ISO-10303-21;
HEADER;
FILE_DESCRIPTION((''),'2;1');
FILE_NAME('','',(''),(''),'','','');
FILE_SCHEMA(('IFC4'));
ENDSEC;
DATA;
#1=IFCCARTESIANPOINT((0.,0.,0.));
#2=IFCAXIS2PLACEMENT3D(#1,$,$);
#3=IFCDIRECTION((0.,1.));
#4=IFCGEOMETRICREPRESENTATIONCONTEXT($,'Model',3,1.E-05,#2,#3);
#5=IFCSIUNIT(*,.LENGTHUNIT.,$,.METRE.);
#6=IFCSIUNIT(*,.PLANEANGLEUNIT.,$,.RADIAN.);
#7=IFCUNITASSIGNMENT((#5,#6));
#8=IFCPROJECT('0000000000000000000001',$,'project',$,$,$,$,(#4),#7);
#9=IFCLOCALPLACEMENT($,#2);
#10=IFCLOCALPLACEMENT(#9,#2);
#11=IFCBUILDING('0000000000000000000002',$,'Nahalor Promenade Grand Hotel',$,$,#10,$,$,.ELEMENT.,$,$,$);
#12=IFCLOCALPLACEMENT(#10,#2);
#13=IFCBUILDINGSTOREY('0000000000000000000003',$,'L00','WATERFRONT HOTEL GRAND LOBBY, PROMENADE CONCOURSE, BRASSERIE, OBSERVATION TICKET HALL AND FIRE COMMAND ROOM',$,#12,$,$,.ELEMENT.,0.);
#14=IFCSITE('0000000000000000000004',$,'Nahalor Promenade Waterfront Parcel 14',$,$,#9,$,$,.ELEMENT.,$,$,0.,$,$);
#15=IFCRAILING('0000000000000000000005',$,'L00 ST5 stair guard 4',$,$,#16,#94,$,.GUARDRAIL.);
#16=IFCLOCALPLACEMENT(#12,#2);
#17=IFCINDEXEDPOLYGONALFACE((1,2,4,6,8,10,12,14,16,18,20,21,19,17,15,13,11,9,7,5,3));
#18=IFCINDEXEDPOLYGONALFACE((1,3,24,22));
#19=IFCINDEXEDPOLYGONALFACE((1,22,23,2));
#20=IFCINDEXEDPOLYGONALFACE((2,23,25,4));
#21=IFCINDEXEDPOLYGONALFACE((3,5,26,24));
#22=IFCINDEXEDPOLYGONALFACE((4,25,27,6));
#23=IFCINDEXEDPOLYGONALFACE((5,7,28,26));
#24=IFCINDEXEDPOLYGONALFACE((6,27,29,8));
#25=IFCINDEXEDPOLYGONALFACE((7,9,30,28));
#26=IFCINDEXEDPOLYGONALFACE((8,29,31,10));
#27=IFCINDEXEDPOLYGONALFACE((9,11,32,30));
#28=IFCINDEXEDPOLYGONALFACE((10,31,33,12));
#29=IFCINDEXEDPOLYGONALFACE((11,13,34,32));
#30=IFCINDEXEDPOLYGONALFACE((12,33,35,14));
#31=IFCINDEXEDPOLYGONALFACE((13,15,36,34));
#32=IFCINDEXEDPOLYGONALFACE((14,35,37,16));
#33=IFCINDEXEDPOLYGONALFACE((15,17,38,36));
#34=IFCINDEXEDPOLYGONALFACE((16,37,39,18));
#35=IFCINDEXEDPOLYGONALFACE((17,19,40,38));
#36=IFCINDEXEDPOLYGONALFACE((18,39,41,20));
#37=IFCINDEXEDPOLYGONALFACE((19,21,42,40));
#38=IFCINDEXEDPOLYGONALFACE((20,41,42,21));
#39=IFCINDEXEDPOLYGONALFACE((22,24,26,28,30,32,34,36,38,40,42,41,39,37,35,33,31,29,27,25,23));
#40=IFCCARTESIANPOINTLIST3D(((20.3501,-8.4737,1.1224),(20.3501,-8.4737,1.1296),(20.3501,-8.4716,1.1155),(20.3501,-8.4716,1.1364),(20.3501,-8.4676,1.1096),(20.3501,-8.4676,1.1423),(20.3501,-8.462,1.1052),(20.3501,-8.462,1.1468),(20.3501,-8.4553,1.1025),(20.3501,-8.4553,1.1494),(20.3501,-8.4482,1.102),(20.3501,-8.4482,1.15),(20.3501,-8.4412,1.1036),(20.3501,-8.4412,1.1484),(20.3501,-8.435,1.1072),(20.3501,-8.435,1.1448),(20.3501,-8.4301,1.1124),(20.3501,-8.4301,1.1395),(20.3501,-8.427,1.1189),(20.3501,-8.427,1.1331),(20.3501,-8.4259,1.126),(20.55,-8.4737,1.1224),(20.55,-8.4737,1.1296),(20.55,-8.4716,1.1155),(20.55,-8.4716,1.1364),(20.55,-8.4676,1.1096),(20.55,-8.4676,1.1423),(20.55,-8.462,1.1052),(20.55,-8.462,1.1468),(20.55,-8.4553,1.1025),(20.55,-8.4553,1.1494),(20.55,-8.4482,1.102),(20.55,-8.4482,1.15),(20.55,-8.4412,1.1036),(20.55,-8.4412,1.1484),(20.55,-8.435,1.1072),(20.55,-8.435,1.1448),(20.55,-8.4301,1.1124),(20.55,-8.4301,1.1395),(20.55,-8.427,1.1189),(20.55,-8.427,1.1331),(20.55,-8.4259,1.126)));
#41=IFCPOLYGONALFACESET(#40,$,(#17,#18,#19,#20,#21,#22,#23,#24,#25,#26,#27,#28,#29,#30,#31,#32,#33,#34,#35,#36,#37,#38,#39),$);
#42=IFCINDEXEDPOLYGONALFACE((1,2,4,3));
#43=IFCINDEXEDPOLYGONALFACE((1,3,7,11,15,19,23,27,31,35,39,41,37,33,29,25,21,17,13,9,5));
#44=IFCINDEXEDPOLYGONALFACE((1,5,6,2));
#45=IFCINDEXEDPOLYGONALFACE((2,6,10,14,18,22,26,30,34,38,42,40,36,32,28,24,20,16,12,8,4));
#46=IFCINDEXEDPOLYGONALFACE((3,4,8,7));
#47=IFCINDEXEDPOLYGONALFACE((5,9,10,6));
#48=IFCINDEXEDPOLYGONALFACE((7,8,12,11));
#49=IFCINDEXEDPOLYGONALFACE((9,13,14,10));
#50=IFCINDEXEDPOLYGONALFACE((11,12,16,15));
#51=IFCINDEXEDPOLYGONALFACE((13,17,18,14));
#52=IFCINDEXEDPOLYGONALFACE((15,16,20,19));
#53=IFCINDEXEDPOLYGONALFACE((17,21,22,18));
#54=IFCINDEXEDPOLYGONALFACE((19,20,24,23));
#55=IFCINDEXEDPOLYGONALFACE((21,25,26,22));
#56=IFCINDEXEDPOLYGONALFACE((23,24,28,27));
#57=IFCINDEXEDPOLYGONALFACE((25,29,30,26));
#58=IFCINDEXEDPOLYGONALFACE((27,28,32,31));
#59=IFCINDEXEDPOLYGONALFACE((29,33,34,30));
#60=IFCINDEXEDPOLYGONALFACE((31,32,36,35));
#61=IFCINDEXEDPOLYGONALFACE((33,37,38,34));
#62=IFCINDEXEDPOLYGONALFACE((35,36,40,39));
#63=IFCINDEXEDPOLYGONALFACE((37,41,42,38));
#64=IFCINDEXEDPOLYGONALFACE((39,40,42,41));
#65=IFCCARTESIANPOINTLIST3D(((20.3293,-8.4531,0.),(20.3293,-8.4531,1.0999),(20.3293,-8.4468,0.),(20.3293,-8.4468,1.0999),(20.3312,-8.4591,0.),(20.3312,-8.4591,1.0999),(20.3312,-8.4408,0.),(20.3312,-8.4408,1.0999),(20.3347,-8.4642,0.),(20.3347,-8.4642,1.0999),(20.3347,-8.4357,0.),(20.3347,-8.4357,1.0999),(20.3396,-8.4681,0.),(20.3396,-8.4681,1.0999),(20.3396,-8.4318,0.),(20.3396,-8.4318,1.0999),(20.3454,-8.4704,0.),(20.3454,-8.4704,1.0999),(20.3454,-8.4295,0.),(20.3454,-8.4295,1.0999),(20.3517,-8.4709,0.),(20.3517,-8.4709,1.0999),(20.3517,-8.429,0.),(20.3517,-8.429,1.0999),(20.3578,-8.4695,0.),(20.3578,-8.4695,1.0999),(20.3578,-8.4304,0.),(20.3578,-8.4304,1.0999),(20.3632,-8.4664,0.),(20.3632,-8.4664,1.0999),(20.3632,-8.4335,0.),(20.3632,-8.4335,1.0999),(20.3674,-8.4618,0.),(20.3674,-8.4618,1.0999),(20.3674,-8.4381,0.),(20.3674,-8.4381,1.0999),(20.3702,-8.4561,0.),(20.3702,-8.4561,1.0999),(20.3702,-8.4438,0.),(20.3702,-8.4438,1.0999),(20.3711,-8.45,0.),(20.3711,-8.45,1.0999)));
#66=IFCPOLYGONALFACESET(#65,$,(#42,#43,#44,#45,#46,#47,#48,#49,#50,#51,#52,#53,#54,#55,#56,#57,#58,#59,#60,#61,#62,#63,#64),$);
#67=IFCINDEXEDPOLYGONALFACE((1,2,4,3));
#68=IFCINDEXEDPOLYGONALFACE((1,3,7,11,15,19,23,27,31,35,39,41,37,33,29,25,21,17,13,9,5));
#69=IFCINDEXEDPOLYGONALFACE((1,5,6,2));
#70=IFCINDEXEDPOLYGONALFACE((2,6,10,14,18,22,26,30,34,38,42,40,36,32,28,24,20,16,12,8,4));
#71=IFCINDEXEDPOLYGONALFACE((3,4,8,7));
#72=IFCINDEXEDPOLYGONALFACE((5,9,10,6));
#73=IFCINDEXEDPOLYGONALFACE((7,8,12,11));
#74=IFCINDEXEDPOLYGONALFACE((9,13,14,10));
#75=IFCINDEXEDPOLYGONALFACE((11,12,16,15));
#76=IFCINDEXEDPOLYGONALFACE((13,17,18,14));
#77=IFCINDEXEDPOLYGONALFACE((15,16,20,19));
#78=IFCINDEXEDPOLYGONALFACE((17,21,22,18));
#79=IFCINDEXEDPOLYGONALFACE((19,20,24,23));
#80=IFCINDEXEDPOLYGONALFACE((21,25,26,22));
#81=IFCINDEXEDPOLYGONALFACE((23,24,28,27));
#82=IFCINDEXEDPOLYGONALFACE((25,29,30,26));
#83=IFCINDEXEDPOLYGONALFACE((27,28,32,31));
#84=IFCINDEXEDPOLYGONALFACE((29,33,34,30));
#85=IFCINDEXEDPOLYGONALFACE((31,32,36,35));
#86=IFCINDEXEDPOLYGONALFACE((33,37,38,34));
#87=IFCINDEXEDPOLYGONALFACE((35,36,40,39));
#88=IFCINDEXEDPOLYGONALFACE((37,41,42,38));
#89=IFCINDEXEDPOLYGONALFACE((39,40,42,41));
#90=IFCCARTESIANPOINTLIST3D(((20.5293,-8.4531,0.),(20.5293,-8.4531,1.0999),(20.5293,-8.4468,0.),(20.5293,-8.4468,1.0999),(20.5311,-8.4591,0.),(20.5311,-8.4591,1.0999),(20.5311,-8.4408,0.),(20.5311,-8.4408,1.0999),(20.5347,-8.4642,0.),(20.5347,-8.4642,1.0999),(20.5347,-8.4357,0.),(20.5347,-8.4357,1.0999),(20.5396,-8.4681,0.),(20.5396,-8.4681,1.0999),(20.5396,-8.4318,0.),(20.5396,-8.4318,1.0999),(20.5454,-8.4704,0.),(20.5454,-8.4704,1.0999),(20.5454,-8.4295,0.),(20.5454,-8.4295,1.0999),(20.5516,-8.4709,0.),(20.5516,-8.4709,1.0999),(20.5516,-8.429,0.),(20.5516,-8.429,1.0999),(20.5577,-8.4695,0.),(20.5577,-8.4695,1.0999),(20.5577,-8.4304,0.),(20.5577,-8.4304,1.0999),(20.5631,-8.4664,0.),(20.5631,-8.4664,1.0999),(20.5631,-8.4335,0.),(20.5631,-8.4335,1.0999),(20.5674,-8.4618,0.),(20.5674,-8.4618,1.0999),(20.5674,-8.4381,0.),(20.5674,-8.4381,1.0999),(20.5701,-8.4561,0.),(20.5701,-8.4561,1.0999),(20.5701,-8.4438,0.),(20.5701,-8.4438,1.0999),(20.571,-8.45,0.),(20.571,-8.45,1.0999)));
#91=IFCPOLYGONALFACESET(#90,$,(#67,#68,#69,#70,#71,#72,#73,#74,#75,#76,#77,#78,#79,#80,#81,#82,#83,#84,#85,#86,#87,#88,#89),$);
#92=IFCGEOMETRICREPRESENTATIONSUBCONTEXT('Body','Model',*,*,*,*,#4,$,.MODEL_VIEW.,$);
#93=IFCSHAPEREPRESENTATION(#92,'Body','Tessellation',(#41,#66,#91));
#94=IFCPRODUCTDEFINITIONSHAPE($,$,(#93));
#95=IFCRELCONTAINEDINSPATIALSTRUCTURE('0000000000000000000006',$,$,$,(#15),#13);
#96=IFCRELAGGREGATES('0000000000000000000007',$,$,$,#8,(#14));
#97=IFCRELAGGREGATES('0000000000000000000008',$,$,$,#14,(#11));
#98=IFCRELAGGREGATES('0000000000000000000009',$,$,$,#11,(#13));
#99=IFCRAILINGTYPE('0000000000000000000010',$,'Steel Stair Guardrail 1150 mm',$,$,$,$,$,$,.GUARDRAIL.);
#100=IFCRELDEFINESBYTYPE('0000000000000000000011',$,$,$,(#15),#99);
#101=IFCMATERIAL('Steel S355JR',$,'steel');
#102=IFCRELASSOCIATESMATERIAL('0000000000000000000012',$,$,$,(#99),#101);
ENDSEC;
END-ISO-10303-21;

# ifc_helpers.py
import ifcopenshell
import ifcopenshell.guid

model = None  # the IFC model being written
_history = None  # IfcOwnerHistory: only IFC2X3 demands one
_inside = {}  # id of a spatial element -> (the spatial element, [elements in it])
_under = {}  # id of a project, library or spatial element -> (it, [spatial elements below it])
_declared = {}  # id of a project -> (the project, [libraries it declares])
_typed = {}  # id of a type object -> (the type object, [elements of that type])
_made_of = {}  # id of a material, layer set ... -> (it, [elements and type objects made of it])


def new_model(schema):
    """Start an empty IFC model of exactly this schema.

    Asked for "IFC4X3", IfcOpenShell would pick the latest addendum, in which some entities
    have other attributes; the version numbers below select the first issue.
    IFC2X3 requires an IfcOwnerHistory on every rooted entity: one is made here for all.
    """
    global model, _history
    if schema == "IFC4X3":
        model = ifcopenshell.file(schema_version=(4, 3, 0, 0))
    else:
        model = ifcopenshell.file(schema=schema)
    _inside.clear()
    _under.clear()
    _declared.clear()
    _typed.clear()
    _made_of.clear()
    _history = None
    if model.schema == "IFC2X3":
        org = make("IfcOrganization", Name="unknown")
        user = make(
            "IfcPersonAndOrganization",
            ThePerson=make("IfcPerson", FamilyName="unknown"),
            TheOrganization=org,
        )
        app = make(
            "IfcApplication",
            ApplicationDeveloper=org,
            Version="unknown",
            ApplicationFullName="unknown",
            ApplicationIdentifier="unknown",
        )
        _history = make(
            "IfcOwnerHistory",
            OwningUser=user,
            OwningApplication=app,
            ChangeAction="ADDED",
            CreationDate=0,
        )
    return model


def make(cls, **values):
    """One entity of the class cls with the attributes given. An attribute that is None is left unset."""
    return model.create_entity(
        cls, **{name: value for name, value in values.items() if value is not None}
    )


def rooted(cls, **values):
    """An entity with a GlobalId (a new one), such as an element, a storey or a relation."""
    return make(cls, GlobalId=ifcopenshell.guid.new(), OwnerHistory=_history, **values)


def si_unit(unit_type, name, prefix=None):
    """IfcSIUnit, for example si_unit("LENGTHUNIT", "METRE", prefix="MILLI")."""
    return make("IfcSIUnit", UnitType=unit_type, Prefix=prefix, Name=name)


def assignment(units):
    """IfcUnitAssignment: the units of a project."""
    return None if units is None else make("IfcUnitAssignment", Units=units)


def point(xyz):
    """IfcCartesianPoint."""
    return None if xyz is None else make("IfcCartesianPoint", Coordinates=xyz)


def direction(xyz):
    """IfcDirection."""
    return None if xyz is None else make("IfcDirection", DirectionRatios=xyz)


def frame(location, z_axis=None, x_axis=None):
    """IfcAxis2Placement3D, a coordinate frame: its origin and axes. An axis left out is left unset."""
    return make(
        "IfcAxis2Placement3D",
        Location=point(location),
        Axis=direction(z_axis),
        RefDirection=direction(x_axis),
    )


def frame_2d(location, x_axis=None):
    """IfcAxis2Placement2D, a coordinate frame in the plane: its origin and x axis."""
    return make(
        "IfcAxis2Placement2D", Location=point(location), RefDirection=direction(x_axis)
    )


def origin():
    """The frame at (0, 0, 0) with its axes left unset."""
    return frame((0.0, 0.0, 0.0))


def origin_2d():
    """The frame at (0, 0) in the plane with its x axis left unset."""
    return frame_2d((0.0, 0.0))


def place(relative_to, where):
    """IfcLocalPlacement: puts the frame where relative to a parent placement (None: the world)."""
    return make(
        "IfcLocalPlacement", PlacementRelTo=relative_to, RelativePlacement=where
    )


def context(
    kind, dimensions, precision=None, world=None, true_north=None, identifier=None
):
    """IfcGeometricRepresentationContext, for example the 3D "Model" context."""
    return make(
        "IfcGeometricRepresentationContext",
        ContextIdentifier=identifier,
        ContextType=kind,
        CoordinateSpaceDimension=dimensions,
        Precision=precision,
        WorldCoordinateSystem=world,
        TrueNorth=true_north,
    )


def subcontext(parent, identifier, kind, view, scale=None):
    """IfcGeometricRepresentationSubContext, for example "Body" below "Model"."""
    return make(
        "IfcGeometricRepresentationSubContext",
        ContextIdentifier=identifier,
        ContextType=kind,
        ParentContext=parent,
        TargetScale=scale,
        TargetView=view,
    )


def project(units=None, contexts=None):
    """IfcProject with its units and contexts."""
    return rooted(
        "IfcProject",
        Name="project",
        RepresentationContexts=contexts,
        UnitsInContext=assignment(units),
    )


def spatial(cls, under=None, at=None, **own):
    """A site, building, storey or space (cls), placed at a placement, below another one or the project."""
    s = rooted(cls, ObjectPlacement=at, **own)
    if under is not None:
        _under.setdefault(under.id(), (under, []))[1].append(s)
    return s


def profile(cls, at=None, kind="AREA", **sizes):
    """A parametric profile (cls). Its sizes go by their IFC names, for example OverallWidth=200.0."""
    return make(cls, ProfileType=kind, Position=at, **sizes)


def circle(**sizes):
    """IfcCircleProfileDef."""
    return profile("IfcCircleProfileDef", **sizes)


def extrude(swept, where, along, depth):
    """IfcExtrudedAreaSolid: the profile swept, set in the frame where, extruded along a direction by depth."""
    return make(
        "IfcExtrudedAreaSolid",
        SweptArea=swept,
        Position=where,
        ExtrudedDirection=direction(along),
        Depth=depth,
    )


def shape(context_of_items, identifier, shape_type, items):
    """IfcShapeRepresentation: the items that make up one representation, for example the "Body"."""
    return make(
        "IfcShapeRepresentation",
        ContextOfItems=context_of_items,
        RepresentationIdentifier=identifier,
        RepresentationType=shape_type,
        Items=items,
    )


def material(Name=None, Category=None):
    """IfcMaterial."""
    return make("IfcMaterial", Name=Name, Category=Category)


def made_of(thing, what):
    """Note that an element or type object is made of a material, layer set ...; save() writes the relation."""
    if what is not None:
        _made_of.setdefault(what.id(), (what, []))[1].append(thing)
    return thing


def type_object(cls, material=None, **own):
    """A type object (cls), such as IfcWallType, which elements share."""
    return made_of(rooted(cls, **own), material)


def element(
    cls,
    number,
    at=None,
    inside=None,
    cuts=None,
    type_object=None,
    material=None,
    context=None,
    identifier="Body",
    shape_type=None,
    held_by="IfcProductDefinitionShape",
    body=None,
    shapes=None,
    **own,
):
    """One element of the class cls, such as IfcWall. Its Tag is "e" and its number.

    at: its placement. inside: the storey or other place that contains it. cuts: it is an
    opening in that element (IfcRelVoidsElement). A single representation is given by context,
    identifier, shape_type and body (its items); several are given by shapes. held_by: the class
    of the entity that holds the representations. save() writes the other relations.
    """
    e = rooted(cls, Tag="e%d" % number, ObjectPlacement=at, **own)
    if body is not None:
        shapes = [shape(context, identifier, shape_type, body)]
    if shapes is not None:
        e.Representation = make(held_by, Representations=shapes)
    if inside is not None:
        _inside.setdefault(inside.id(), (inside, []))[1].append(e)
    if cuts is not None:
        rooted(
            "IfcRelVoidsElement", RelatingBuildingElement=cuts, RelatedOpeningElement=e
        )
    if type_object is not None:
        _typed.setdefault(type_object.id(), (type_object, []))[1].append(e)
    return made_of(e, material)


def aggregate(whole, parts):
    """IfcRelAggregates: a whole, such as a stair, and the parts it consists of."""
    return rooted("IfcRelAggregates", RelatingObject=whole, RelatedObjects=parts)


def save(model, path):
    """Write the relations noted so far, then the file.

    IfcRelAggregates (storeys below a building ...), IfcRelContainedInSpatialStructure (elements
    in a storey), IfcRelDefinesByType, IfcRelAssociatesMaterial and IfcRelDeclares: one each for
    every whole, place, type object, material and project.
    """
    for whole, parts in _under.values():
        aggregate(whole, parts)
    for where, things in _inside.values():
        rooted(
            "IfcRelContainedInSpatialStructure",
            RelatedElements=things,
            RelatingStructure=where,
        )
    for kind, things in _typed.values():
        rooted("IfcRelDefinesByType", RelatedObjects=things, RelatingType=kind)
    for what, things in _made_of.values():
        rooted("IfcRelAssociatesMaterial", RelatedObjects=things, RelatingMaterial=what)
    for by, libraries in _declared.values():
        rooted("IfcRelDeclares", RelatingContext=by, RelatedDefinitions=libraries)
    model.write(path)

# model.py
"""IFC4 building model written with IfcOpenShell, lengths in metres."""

from ifc_helpers import new_model, si_unit, direction, frame, origin, origin_2d, place, context, subcontext, project, spatial, circle, extrude, material, type_object, element, save


model = new_model("IFC4")

# Units and contexts
model_context = context("Model", 3, precision=1e-05, world=origin(), true_north=direction((0.0, 1.0)))
body_context = subcontext(model_context, "Body", "Model", "MODEL_VIEW")
ifc_project = project(units=[si_unit("LENGTHUNIT", "METRE"), si_unit("PLANEANGLEUNIT", "RADIAN")], contexts=[model_context])

# Site, building, storey
site_placement = place(None, origin())
site = spatial("IfcSite", under=ifc_project, at=site_placement, Name="Nahalor Promenade Waterfront Parcel 14", CompositionType="ELEMENT", RefElevation=0.0)
building_placement = place(site_placement, origin())
building = spatial("IfcBuilding", under=site, at=building_placement, Name="Nahalor Promenade Grand Hotel", CompositionType="ELEMENT")
storey_placement = place(building_placement, origin())
storey = spatial("IfcBuildingStorey", under=building, at=storey_placement, Name="L00", Description="WATERFRONT HOTEL GRAND LOBBY, PROMENADE CONCOURSE, BRASSERIE, OBSERVATION TICKET HALL AND FIRE COMMAND ROOM", CompositionType="ELEMENT", Elevation=0.0)

# Shared definitions
ifc_material_1 = material(Name="Steel S355JR", Category="steel")

# Railing
railing_type_1 = type_object("IfcRailingType", Name="Steel Stair Guardrail 1150 mm", PredefinedType="GUARDRAIL", material=ifc_material_1)
railing_1_placement = place(storey_placement, frame((20.3501, -8.45, 0.0)))
element("IfcRailing", 1, at=railing_1_placement, inside=storey, type_object=railing_type_1, Name="L00 ST5 stair guard 4", PredefinedType="GUARDRAIL", context=body_context, shape_type="SweptSolid", body=[
    extrude(circle(Radius=0.024, at=origin_2d()), frame((0.0, 0.0, 1.126), z_axis=(1.0, 0.0, 0.0), x_axis=(0.0, 1.0, 0.0)), (0.0, 0.0, 1.0), 0.2),
    extrude(circle(Radius=0.021, at=origin_2d()), origin(), (0.0, 0.0, 1.0), 1.0999),
    extrude(circle(Radius=0.021, at=origin_2d()), frame((0.2, 0.0, 0.0)), (0.0, 0.0, 1.0), 1.0999),
])

save(model, "model.ifc")
